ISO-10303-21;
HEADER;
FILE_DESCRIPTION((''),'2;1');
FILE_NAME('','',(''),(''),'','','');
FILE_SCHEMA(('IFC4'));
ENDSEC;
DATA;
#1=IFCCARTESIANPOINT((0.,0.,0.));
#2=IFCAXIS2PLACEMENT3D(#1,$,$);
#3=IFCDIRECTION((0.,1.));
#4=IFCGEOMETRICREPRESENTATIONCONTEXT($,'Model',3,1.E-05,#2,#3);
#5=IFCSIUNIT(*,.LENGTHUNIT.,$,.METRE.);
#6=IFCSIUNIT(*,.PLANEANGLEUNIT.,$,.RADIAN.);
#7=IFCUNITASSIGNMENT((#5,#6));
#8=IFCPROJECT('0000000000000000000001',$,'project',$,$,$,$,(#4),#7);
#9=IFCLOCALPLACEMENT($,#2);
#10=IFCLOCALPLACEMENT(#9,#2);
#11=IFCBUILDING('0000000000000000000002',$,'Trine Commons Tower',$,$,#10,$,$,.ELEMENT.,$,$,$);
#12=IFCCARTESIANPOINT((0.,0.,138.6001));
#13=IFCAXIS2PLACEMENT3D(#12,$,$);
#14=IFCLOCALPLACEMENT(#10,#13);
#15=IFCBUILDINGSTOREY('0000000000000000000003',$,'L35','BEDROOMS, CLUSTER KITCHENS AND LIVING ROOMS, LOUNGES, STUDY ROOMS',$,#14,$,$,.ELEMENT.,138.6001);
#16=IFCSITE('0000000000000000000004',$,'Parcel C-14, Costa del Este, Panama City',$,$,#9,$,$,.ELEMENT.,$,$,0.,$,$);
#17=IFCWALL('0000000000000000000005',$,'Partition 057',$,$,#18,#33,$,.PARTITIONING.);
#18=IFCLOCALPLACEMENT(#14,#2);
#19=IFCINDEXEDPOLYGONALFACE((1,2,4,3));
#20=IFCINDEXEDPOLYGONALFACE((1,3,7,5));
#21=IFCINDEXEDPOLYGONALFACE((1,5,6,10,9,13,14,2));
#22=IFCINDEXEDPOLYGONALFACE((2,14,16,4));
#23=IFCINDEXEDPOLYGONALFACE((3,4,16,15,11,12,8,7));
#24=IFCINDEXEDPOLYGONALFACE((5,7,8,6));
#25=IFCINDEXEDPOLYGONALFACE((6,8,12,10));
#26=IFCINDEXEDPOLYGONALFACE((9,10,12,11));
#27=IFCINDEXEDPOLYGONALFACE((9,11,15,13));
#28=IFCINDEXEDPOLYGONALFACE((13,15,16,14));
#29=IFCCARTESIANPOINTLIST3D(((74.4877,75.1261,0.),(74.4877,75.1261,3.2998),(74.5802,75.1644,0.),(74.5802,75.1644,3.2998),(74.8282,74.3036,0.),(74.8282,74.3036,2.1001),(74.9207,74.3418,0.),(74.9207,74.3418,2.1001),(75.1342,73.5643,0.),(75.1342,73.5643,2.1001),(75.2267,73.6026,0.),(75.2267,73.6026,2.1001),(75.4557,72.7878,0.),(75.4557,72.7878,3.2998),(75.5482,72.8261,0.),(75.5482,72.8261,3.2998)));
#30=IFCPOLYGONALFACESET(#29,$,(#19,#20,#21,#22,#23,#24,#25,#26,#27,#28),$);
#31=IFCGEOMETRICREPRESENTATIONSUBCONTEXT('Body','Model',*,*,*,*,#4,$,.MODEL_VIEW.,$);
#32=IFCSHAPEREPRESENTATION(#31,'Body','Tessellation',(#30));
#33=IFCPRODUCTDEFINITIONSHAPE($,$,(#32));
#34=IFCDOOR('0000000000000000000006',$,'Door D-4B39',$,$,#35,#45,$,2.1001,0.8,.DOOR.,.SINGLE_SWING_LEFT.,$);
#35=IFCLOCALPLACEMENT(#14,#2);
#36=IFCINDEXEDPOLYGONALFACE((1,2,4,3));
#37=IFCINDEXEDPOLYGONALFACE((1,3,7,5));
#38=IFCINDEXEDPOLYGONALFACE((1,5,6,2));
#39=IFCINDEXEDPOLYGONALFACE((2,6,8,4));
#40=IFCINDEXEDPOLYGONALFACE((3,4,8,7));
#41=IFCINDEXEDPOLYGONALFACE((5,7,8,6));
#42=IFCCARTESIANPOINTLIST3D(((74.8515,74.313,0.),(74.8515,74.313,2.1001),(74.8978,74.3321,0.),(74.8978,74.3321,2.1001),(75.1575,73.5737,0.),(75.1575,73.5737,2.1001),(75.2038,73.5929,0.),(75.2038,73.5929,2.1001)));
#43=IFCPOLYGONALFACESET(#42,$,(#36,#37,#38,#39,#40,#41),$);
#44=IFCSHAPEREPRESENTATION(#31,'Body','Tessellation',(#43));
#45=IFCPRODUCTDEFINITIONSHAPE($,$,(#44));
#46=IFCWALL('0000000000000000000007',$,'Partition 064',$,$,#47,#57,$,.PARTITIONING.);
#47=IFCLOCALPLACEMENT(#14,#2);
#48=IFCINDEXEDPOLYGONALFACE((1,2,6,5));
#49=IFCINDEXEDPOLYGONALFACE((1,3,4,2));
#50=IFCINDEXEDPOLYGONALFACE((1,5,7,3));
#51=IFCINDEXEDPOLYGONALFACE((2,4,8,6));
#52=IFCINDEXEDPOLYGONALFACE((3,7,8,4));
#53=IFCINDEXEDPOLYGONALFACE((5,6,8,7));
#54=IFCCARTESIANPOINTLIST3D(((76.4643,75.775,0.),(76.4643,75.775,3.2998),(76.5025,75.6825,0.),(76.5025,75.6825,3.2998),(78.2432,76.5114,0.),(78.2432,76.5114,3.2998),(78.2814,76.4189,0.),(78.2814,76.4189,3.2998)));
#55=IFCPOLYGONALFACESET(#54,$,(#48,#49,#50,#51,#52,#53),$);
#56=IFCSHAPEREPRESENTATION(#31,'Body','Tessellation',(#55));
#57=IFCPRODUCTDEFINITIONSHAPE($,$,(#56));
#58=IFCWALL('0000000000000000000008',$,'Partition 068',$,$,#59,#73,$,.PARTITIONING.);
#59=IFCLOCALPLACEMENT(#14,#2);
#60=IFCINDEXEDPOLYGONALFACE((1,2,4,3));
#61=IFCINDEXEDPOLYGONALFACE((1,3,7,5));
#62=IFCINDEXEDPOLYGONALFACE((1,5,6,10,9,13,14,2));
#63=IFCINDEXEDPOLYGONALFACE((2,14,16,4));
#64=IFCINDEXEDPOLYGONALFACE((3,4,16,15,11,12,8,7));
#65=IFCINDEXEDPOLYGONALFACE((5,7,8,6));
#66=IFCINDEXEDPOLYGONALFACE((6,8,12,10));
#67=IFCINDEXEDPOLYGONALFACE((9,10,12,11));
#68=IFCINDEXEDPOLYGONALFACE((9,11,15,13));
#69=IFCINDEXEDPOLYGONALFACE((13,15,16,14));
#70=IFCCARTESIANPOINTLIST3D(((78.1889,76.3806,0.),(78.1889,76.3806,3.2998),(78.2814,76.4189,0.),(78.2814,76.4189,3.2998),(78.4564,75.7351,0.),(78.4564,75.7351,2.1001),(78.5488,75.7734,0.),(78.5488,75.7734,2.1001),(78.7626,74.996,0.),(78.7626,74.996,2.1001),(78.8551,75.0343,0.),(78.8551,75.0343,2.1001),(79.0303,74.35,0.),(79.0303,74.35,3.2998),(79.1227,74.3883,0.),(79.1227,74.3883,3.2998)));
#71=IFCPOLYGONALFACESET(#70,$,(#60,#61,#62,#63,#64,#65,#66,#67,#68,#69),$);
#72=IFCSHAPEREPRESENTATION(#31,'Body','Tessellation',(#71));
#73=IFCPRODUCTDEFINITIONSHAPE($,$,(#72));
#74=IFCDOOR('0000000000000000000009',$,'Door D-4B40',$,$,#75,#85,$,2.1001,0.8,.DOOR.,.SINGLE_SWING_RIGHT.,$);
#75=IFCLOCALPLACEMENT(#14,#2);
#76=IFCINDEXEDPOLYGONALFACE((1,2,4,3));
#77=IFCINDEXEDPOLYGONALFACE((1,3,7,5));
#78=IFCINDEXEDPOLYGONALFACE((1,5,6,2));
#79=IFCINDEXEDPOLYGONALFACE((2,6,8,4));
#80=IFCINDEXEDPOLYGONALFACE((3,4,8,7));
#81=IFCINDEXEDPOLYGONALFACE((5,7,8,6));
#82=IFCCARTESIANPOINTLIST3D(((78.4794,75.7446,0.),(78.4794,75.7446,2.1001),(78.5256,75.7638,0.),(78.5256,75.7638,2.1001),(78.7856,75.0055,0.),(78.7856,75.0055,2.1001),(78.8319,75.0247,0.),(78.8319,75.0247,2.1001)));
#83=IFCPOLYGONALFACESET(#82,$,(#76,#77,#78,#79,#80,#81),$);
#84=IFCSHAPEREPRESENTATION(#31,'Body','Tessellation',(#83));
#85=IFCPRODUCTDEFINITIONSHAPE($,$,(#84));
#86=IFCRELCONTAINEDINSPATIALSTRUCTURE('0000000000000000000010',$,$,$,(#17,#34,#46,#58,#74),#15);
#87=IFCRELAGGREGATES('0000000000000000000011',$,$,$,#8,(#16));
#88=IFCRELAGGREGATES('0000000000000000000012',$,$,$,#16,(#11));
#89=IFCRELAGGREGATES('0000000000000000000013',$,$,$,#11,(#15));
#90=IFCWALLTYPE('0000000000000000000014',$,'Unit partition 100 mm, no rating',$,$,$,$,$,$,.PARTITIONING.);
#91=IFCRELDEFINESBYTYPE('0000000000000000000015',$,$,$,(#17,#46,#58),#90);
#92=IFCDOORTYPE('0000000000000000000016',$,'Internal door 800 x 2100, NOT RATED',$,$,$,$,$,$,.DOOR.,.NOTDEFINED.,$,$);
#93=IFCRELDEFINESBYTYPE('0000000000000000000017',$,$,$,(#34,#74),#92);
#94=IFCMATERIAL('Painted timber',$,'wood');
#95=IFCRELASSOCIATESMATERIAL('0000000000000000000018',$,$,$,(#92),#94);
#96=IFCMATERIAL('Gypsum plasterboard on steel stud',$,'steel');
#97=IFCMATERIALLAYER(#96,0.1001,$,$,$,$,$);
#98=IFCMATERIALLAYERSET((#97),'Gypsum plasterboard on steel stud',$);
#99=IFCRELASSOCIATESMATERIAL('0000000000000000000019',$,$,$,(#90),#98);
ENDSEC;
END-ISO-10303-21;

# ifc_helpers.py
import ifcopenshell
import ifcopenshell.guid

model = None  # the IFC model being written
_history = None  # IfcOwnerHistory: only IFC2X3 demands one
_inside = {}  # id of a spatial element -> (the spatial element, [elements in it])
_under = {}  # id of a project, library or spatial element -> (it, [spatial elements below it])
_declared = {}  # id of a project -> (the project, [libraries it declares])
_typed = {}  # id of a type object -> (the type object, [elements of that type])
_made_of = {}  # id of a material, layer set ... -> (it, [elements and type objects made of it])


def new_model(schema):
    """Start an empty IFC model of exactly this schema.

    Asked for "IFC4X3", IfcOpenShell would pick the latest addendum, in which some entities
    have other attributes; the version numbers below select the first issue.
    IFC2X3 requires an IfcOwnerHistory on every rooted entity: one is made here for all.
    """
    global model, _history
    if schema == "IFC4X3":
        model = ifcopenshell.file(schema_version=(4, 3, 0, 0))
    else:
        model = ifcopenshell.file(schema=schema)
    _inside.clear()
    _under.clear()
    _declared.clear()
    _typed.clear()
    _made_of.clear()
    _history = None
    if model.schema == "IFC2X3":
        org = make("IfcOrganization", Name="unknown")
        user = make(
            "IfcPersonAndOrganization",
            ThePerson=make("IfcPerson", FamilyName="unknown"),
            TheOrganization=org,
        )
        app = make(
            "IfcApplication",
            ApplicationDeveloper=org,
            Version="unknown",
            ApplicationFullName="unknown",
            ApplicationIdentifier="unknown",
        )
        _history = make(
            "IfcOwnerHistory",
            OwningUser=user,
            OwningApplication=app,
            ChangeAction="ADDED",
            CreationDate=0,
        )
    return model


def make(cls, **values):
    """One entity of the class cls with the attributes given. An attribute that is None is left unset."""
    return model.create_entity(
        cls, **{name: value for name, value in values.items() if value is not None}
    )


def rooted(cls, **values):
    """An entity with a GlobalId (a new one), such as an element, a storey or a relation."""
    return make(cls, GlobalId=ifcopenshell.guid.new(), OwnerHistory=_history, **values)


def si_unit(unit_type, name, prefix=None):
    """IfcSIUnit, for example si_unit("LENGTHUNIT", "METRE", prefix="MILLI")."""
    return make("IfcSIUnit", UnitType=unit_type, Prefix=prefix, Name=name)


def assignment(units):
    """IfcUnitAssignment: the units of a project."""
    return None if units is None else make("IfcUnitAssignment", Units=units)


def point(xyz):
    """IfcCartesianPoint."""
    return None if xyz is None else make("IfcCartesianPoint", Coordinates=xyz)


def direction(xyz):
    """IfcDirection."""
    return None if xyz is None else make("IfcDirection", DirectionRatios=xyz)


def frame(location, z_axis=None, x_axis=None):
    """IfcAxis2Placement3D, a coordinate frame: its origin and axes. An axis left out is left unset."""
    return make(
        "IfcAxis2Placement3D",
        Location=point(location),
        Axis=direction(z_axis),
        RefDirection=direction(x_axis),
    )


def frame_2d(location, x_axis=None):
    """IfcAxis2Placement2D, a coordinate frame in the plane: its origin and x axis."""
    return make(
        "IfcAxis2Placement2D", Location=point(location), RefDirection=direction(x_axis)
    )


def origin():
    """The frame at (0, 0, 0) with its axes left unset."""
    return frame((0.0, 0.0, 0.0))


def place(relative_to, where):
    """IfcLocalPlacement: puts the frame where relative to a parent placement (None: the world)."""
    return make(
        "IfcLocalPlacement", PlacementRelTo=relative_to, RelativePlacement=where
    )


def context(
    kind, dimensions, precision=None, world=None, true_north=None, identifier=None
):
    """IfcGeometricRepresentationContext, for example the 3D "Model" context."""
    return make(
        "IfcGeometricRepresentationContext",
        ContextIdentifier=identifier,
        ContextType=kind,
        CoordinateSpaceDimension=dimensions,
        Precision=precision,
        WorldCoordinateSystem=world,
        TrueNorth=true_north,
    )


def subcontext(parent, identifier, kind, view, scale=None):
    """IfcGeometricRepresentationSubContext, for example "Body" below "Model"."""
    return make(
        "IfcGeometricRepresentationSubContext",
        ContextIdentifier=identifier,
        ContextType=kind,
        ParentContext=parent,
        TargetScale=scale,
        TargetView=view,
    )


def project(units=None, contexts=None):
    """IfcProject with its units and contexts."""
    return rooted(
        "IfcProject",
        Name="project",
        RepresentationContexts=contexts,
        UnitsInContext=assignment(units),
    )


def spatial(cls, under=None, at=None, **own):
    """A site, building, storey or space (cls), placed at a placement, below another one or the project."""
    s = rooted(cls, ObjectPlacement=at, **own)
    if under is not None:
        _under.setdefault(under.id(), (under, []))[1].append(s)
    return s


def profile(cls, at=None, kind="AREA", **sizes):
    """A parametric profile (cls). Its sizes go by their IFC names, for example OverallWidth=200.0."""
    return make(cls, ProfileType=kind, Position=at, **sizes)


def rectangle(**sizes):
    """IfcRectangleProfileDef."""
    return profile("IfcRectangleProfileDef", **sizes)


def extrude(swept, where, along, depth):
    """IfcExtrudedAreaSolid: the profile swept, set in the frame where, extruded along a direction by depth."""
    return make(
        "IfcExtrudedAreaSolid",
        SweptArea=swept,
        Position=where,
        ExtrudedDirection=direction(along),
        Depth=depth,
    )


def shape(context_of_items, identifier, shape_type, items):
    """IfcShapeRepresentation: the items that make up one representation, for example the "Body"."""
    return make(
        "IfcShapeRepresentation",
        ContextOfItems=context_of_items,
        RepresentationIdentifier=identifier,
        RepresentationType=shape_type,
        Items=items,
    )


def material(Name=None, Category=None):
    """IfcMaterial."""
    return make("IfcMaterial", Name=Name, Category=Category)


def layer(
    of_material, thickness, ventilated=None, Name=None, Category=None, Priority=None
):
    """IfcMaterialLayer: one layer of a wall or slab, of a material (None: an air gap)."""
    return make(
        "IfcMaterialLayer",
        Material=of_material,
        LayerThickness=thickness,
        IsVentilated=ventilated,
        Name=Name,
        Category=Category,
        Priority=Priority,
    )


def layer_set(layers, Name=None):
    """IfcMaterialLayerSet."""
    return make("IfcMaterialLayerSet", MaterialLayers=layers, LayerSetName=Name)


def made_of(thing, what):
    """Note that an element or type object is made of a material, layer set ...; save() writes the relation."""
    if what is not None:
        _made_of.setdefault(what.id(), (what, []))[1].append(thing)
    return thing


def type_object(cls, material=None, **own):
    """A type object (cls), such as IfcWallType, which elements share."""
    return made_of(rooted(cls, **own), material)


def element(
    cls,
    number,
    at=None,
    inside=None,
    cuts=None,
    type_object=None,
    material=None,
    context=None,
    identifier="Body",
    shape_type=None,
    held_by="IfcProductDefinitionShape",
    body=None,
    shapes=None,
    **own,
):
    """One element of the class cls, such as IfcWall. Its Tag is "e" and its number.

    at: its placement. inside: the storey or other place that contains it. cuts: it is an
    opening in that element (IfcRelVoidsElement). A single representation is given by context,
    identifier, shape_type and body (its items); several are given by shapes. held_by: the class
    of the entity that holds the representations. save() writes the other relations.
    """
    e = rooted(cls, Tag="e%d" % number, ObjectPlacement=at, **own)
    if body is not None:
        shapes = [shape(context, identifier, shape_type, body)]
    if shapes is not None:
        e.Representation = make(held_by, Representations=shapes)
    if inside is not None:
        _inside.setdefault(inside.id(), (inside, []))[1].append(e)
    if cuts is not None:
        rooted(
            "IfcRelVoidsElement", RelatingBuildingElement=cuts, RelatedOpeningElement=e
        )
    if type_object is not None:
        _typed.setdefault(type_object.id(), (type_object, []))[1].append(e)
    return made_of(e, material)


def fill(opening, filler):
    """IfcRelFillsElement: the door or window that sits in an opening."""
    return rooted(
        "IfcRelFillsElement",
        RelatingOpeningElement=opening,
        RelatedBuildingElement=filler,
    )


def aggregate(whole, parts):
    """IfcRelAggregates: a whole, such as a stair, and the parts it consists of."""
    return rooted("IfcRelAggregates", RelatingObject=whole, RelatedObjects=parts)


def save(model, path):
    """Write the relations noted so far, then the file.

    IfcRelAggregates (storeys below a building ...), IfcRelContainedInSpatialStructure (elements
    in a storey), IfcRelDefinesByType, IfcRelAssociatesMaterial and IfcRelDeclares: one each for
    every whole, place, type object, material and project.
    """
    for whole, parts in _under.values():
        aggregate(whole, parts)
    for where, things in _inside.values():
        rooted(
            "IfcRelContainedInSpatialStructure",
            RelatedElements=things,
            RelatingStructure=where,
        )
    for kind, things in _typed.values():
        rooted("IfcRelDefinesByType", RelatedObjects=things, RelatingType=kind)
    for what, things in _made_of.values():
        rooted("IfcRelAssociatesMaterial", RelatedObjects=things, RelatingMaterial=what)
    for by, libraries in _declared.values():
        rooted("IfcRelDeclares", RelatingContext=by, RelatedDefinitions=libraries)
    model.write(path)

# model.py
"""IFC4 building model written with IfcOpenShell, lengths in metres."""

from ifc_helpers import new_model, si_unit, direction, frame, frame_2d, origin, place, context, subcontext, project, spatial, rectangle, extrude, material, layer, layer_set, type_object, element, fill, save


model = new_model("IFC4")

# Units and contexts
model_context = context("Model", 3, precision=1e-05, world=origin(), true_north=direction((0.0, 1.0)))
body_context = subcontext(model_context, "Body", "Model", "MODEL_VIEW")
ifc_project = project(units=[si_unit("LENGTHUNIT", "METRE"), si_unit("PLANEANGLEUNIT", "RADIAN")], contexts=[model_context])

# Site, building, storey
site_placement = place(None, origin())
site = spatial("IfcSite", under=ifc_project, at=site_placement, Name="Parcel C-14, Costa del Este, Panama City", CompositionType="ELEMENT", RefElevation=0.0)
building_placement = place(site_placement, origin())
building = spatial("IfcBuilding", under=site, at=building_placement, Name="Trine Commons Tower", CompositionType="ELEMENT")
storey_placement = place(building_placement, frame((0.0, 0.0, 138.6001)))
storey = spatial("IfcBuildingStorey", under=building, at=storey_placement, Name="L35", Description="BEDROOMS, CLUSTER KITCHENS AND LIVING ROOMS, LOUNGES, STUDY ROOMS", CompositionType="ELEMENT", Elevation=138.6001)

# Shared definitions
ifc_material_1 = material(Name="Gypsum plasterboard on steel stud", Category="steel")

# Wall, opening, door
ifc_material_2 = material(Name="Painted timber", Category="wood")
door_type_1 = type_object("IfcDoorType", Name="Internal door 800 x 2100, NOT RATED", OperationType="NOTDEFINED", PredefinedType="DOOR", material=ifc_material_2)
ifc_layer_1 = layer(ifc_material_1, 0.1001)
ifc_layer_set_1 = layer_set([ifc_layer_1], Name="Gypsum plasterboard on steel stud")
wall_type_1 = type_object("IfcWallType", Name="Unit partition 100 mm, no rating", PredefinedType="PARTITIONING", material=ifc_layer_set_1)
wall_1_placement = place(storey_placement, frame((74.5339, 75.1453, 0.0), z_axis=(0.0, 0.0, 1.0), x_axis=(0.382491, -0.923959, 0.0)))
wall_1 = element("IfcWall", 1, at=wall_1_placement, inside=storey, type_object=wall_type_1, Name="Partition 057", PredefinedType="PARTITIONING", context=body_context, shape_type="SweptSolid", body=[
    extrude(rectangle(XDim=2.5308, YDim=0.1001, at=frame_2d((1.2654, 0.0))), origin(), (0.0, 0.0, 1.0), 3.2998),
])
opening_1_placement = place(wall_1_placement, frame((0.8904, 0.0, 0.0)))
opening_1 = element("IfcOpeningElement", 2, at=opening_1_placement, cuts=wall_1, PredefinedType="OPENING", context=body_context, shape_type="SweptSolid", body=[
    extrude(rectangle(XDim=0.8, YDim=2.1001, at=frame_2d((0.3999, 1.05))), frame((0.0, 0.0601, 0.0), z_axis=(0.0, -1.0, 0.0), x_axis=(1.0, 0.0, 0.0)), (0.0, 0.0, 1.0), 0.1201),
])
door_1_placement = place(opening_1_placement, frame((0.8, 0.0, 0.0), z_axis=(0.0, 0.0, 1.0), x_axis=(-1.0, 0.0, 0.0)))
door_1 = element("IfcDoor", 3, at=door_1_placement, inside=storey, type_object=door_type_1, Name="Door D-4B39", OperationType="SINGLE_SWING_LEFT", OverallHeight=2.1001, OverallWidth=0.8, PredefinedType="DOOR", context=body_context, shape_type="SweptSolid", body=[
    extrude(rectangle(XDim=0.8, YDim=2.1001, at=frame_2d((0.3999, 1.05))), frame((0.0, 0.0249, 0.0), z_axis=(0.0, -1.0, 0.0), x_axis=(1.0, 0.0, 0.0)), (0.0, 0.0, 1.0), 0.05),
])
fill(opening_1, door_1)

# Wall
wall_2_placement = place(storey_placement, frame((76.4834, 75.7288, 0.0), z_axis=(0.0, 0.0, 1.0), x_axis=(0.923967, 0.382471, 0.0)))
element("IfcWall", 4, at=wall_2_placement, inside=storey, type_object=wall_type_1, Name="Partition 064", PredefinedType="PARTITIONING", context=body_context, shape_type="SweptSolid", body=[
    extrude(rectangle(XDim=1.9253, YDim=0.1001, at=frame_2d((0.9626, 0.0))), origin(), (0.0, 0.0, 1.0), 3.2998),
])

# Wall, opening, door
wall_3_placement = place(storey_placement, frame((78.2351, 76.3999, 0.0), z_axis=(0.0, 0.0, 1.0), x_axis=(0.382777, -0.923841, 0.0)))
wall_3 = element("IfcWall", 5, at=wall_3_placement, inside=storey, type_object=wall_type_1, Name="Partition 068", PredefinedType="PARTITIONING", context=body_context, shape_type="SweptSolid", body=[
    extrude(rectangle(XDim=2.198, YDim=0.1001, at=frame_2d((1.0991, 0.0))), origin(), (0.0, 0.0, 1.0), 3.2998),
])
opening_2_placement = place(wall_3_placement, frame((0.699, 0.0, 0.0)))
opening_2 = element("IfcOpeningElement", 6, at=opening_2_placement, cuts=wall_3, PredefinedType="OPENING", context=body_context, shape_type="SweptSolid", body=[
    extrude(rectangle(XDim=0.8, YDim=2.1001, at=frame_2d((0.3999, 1.05))), frame((0.0, 0.0601, 0.0), z_axis=(0.0, -1.0, 0.0), x_axis=(1.0, 0.0, 0.0)), (0.0, 0.0, 1.0), 0.1201),
])
door_2_placement = place(opening_2_placement, origin())
door_2 = element("IfcDoor", 7, at=door_2_placement, inside=storey, type_object=door_type_1, Name="Door D-4B40", OperationType="SINGLE_SWING_RIGHT", OverallHeight=2.1001, OverallWidth=0.8, PredefinedType="DOOR", context=body_context, shape_type="SweptSolid", body=[
    extrude(rectangle(XDim=0.8, YDim=2.1001, at=frame_2d((0.3999, 1.05))), frame((0.0, 0.0249, 0.0), z_axis=(0.0, -1.0, 0.0), x_axis=(1.0, 0.0, 0.0)), (0.0, 0.0, 1.0), 0.05),
])
fill(opening_2, door_2)

save(model, "model.ifc")
